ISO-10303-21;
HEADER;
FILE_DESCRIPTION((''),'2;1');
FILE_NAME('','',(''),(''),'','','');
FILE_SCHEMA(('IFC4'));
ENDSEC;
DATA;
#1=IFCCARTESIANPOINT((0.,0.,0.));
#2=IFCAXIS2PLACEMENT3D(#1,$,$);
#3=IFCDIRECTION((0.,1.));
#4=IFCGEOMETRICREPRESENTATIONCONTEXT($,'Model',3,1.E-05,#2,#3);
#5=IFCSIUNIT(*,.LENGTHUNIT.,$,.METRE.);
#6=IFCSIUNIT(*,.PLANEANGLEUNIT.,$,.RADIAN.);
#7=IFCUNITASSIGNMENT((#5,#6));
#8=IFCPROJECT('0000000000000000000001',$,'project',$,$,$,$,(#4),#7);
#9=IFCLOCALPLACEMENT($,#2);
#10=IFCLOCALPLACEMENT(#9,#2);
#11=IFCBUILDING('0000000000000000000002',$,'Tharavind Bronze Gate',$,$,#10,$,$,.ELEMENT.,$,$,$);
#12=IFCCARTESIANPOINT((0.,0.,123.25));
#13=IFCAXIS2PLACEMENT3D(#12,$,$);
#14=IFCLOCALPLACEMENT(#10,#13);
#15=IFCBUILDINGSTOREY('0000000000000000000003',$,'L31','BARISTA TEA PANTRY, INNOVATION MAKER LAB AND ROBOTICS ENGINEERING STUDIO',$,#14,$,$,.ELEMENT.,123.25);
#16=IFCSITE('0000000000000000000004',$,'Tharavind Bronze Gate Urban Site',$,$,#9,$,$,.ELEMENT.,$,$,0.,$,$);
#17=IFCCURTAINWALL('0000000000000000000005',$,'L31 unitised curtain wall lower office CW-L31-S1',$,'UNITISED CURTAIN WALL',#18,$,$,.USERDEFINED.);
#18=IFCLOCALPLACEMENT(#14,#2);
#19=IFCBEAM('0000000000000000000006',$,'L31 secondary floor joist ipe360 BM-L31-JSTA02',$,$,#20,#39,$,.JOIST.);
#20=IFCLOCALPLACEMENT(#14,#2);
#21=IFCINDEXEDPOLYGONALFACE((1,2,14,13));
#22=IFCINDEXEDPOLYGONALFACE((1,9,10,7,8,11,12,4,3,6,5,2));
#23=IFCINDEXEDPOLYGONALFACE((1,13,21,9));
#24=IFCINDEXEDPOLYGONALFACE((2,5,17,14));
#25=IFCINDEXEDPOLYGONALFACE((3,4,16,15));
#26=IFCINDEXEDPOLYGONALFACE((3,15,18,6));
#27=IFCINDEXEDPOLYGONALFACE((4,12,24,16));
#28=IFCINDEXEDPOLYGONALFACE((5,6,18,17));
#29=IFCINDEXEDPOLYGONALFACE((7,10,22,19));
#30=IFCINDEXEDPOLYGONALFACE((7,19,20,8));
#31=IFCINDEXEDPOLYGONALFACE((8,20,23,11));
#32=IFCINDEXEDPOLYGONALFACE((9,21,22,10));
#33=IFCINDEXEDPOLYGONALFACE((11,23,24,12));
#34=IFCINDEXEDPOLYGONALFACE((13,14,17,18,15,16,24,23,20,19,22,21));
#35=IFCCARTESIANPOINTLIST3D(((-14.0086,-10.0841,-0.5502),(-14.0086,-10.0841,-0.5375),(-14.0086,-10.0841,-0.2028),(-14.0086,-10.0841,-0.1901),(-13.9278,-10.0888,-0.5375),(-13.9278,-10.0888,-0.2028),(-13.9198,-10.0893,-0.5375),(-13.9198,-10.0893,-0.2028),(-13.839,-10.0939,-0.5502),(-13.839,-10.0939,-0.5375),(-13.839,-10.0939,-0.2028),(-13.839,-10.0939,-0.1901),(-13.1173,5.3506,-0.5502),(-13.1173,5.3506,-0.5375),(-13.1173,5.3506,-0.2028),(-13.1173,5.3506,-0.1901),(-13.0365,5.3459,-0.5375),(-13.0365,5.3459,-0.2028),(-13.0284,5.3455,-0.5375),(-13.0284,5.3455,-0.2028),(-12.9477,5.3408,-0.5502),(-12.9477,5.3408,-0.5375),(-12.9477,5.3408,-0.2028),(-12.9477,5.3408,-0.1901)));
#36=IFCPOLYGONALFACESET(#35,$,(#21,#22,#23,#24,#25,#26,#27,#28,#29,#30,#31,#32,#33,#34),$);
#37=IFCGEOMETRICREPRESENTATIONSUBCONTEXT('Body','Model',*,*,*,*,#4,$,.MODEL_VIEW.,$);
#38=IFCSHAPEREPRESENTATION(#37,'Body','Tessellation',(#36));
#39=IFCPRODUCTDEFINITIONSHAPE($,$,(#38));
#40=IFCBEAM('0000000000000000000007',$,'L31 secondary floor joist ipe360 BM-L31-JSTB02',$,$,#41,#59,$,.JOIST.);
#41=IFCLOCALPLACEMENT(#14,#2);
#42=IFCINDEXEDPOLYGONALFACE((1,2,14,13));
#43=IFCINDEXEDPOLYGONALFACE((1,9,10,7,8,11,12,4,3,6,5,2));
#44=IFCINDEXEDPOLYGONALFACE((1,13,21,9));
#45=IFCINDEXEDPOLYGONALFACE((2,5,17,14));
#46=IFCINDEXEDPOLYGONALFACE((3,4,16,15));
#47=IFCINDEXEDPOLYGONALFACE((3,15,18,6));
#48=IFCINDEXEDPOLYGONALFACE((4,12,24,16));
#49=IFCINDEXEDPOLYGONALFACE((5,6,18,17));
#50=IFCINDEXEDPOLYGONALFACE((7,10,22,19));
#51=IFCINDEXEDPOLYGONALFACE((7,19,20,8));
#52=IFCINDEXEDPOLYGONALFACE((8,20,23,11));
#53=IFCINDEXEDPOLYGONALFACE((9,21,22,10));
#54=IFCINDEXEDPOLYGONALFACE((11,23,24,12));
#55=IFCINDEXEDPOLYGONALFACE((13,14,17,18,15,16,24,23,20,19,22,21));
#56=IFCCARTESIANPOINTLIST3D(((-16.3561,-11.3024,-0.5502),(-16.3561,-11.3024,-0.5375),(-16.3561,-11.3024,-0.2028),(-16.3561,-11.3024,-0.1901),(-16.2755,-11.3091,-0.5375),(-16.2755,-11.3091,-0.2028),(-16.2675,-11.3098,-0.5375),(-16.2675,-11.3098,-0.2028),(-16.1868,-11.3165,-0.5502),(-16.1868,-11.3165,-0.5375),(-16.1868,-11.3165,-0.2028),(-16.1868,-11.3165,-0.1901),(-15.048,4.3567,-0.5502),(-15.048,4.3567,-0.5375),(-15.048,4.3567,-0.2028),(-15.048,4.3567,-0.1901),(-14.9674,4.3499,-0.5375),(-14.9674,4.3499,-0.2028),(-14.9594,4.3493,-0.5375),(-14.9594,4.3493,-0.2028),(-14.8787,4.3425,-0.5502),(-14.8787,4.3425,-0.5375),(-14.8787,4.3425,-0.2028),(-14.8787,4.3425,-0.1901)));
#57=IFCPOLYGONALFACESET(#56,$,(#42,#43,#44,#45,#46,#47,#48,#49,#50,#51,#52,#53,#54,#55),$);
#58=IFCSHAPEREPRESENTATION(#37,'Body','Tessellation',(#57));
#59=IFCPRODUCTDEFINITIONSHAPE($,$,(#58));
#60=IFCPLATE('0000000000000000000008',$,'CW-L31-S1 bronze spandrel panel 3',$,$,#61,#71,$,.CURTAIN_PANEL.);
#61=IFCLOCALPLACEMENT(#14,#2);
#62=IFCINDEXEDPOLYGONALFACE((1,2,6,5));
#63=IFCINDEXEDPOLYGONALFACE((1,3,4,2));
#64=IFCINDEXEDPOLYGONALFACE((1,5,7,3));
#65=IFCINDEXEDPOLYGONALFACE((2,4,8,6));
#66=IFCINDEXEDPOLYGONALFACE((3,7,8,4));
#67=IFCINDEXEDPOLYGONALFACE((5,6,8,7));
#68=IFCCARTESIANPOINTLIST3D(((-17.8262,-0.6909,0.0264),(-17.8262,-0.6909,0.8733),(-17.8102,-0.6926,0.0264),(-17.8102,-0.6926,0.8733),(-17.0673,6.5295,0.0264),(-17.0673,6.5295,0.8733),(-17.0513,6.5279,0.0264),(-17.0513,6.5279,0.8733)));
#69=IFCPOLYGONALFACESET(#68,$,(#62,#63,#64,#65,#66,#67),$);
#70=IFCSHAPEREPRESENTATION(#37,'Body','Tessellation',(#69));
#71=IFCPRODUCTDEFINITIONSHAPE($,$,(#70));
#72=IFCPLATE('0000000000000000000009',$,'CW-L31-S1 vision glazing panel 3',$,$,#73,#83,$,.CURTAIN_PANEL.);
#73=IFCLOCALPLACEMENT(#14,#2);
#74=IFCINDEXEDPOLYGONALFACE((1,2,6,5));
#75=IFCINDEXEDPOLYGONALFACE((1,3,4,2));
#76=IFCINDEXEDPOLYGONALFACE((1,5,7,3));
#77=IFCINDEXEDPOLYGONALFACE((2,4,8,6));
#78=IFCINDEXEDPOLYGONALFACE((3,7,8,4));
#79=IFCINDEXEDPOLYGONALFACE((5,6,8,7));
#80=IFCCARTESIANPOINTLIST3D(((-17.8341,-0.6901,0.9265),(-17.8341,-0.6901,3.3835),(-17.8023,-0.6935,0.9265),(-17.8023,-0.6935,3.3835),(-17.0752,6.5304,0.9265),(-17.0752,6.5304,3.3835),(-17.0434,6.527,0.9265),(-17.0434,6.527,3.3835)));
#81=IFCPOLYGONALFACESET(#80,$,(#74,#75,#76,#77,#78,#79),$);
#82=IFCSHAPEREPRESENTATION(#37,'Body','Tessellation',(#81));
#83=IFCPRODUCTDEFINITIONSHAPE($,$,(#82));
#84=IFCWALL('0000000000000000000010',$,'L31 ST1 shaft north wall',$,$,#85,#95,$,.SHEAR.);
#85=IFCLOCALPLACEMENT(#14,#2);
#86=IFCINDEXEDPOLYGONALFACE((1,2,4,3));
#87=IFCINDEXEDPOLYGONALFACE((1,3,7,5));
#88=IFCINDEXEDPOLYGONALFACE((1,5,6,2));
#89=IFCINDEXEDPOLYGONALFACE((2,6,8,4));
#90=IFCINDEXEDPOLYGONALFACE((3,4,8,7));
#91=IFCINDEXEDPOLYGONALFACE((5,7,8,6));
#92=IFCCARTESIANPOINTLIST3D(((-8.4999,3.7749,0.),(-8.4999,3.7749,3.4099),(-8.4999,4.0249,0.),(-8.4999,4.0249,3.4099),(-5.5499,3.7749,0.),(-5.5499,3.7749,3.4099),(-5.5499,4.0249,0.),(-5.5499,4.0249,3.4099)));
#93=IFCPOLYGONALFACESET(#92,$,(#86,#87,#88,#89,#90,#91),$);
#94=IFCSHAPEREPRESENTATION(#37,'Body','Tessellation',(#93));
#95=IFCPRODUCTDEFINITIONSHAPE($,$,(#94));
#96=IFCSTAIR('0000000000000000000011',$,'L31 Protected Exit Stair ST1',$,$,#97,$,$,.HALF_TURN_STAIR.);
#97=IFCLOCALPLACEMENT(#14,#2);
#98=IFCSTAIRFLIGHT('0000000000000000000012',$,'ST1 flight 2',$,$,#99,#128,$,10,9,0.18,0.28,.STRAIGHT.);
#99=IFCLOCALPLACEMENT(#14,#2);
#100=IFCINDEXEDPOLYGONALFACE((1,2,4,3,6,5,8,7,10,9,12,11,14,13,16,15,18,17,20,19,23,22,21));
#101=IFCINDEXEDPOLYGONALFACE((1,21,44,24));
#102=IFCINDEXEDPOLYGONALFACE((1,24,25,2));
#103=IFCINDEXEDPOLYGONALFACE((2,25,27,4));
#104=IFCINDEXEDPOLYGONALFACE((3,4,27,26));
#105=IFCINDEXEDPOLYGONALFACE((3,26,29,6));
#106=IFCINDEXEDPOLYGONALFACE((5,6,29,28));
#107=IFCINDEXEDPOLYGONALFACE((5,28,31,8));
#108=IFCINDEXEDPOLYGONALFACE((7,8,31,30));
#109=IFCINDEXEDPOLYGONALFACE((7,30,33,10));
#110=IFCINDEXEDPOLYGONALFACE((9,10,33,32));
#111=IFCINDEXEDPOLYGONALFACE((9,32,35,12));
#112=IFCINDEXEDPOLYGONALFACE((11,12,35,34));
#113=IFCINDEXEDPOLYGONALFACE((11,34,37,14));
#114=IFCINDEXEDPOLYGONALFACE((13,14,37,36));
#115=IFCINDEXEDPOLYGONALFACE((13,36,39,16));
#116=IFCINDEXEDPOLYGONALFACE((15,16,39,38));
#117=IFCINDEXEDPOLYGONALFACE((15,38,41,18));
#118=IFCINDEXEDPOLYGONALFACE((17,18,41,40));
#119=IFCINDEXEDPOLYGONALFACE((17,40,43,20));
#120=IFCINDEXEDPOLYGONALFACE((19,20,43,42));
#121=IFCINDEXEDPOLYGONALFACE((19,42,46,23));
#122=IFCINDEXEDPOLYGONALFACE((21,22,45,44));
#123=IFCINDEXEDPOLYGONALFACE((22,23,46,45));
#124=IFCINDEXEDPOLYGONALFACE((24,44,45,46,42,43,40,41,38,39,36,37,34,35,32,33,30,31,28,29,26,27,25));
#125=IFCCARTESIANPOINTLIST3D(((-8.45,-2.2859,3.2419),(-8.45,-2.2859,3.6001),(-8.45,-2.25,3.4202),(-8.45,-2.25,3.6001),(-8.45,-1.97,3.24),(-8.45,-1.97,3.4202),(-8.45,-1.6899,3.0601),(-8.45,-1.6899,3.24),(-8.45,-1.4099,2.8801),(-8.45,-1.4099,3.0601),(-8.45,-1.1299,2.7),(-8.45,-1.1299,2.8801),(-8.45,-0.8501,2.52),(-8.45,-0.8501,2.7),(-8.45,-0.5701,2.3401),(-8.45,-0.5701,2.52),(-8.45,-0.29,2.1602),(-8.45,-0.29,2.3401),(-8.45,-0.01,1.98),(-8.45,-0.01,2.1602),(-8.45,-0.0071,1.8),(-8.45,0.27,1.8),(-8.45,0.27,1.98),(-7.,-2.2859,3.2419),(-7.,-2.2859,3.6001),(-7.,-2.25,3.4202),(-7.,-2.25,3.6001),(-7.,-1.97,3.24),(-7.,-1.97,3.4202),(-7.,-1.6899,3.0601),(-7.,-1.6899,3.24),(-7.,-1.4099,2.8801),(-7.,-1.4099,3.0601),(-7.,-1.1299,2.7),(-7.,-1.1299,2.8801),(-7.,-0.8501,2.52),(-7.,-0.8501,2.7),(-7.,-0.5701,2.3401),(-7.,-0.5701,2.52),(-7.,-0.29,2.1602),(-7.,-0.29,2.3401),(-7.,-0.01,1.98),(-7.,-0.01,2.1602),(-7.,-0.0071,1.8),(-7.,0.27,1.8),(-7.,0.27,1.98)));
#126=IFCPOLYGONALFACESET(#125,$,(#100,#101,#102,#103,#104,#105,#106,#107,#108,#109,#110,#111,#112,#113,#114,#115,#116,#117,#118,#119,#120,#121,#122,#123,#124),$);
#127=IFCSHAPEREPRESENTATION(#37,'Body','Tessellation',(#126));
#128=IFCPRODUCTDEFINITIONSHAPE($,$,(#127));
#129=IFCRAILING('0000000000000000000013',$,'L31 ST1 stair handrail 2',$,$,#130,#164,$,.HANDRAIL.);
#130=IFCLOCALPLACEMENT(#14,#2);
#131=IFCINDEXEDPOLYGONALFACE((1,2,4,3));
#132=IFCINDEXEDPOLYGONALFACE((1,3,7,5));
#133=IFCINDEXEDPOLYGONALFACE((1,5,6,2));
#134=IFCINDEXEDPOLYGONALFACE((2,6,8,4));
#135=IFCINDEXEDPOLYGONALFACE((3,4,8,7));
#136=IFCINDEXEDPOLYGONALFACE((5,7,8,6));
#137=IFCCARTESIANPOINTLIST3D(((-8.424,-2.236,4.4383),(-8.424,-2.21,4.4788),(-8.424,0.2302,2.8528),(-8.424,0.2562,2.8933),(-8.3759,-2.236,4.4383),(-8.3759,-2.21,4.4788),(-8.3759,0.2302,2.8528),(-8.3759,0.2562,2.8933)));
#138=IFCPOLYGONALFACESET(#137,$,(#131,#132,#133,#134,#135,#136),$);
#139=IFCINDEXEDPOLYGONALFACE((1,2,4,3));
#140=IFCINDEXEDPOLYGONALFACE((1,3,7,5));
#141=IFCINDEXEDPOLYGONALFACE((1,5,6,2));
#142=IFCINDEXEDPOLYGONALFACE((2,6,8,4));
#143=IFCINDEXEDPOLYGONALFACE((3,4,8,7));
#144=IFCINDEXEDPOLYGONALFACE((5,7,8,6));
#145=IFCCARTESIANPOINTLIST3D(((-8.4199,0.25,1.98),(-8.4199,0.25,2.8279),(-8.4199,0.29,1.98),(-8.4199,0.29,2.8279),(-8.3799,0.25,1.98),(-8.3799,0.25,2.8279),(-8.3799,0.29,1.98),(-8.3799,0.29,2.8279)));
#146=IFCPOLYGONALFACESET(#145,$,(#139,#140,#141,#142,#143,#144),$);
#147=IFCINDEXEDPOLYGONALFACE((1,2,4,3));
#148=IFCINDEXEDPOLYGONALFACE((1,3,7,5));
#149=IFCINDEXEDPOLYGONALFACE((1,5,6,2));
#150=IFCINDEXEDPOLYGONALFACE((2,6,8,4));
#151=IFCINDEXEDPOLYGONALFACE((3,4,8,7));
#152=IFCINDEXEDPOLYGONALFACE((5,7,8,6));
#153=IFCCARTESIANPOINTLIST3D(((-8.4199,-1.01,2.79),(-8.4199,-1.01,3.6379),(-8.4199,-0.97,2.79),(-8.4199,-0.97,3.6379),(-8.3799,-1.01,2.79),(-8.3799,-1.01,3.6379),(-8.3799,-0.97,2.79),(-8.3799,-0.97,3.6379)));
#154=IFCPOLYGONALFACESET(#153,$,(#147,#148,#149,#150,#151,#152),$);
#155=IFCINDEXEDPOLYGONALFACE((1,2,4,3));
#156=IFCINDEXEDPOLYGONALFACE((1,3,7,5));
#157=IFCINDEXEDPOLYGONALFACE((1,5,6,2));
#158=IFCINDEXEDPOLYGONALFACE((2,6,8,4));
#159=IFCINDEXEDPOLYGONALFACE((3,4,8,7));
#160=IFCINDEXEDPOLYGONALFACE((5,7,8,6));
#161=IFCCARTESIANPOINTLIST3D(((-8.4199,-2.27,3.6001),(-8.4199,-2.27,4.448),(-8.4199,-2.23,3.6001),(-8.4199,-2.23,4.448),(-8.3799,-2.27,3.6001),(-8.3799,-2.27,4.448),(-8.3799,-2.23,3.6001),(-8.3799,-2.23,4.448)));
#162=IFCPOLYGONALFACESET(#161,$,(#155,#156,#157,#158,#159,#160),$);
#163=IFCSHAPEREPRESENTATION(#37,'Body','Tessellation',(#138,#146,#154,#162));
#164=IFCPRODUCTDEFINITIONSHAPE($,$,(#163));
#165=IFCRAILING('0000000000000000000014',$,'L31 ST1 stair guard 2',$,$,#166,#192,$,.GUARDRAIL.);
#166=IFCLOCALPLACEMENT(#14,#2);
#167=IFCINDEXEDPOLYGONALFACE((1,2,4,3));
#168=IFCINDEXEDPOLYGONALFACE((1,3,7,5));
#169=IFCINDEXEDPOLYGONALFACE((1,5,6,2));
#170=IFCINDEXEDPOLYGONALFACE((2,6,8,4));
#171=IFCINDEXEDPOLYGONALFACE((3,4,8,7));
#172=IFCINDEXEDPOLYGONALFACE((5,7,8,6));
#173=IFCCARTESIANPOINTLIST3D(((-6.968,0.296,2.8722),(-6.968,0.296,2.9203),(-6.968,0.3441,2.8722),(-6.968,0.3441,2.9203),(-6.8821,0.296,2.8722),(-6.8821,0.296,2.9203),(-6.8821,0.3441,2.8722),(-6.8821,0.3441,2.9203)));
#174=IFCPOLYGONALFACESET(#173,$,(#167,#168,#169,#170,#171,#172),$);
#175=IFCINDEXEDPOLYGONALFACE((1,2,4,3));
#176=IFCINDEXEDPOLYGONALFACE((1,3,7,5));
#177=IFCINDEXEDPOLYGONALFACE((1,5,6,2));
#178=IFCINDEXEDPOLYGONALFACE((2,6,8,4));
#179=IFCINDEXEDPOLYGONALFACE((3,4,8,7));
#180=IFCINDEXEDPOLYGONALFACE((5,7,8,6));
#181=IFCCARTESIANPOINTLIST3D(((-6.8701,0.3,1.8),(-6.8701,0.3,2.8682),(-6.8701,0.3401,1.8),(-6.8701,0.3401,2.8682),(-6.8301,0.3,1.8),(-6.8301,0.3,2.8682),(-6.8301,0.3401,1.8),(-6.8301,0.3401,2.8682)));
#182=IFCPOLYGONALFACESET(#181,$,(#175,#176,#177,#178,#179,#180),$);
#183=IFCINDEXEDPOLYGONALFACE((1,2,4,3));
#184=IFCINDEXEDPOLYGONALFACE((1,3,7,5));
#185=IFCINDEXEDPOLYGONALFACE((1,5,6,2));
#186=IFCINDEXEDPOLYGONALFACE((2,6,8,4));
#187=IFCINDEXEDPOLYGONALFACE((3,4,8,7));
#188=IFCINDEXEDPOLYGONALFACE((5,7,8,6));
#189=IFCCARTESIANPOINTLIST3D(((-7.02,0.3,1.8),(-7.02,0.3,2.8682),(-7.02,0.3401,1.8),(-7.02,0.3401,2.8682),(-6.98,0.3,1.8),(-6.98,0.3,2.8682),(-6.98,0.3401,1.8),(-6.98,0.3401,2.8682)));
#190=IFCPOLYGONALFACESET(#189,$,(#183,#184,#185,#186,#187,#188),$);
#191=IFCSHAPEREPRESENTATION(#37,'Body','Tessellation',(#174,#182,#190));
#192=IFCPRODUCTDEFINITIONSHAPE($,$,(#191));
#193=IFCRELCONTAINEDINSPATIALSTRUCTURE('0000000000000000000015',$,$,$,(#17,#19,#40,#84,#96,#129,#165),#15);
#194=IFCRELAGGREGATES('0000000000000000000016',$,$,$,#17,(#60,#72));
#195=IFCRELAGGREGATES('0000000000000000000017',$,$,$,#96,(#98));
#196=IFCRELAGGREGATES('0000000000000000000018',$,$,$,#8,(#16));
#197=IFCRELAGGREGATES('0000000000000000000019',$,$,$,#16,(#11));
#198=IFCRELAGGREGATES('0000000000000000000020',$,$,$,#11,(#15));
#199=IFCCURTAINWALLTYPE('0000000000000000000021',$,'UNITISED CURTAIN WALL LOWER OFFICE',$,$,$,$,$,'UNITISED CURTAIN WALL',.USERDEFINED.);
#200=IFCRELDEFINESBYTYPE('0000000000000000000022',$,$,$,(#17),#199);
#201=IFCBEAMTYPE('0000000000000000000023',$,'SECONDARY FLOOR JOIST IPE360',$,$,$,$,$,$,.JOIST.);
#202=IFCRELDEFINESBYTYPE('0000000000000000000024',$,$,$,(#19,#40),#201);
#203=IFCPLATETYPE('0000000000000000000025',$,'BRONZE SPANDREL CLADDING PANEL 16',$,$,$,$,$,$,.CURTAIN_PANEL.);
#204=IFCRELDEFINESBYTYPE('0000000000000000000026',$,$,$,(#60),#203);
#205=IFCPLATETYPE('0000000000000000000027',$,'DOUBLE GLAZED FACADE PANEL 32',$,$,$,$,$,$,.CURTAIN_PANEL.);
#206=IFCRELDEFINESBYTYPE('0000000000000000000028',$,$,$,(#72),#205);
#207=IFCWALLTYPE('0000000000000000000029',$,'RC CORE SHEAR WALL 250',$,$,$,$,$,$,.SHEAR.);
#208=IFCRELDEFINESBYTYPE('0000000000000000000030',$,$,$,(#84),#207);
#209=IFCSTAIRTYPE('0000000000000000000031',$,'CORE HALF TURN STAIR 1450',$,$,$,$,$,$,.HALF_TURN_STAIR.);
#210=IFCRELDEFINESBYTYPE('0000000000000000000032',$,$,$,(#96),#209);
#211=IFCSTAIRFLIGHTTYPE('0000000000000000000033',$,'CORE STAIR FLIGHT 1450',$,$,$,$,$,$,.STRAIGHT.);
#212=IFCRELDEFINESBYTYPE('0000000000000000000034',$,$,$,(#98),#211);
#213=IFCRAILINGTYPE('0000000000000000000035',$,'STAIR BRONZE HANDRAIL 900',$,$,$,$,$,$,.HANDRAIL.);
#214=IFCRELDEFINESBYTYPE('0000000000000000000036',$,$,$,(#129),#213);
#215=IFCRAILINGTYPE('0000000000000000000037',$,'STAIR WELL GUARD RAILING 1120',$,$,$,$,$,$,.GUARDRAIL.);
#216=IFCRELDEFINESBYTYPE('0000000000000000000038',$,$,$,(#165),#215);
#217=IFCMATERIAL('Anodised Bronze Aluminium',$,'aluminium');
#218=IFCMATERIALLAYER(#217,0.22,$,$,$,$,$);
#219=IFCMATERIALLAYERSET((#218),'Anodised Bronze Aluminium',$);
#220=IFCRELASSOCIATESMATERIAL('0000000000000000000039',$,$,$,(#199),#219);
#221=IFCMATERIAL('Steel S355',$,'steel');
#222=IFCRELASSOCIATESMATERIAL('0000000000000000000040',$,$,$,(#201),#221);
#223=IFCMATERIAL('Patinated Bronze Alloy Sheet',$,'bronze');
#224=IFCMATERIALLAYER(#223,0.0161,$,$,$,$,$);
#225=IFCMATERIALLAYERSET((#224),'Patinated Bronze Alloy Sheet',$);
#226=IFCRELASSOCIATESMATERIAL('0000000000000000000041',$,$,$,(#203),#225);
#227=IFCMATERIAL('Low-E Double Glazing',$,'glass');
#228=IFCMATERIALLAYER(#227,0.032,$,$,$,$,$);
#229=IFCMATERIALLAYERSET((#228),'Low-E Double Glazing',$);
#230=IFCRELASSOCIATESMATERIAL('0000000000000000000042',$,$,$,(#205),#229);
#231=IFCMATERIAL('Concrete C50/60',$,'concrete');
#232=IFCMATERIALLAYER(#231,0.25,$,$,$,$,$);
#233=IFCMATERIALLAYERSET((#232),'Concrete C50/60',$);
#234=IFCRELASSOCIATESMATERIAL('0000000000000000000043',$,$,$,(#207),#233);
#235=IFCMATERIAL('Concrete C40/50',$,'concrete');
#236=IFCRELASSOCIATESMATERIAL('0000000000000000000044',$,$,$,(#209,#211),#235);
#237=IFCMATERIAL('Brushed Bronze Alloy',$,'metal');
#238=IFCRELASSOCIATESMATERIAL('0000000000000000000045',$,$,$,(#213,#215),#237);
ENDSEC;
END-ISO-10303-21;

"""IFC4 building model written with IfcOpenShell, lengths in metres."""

from ifc_helpers import new_model, si_unit, direction, frame, frame_2d, origin, origin_2d, place, context, subcontext, project, spatial, polyline, rectangle, i_section, outline, extrude, material, layer, layer_set, material_profile, profile_set, type_object, element, aggregate, save


model = new_model("IFC4")

# Units and contexts
model_context = context("Model", 3, precision=1e-05, world=origin(), true_north=direction((0.0, 1.0)))
body_context = subcontext(model_context, "Body", "Model", "MODEL_VIEW")
ifc_project = project(units=[si_unit("LENGTHUNIT", "METRE"), si_unit("PLANEANGLEUNIT", "RADIAN")], contexts=[model_context])

# Site, building, storey
site_placement = place(None, origin())
site = spatial("IfcSite", under=ifc_project, at=site_placement, Name="Tharavind Bronze Gate Urban Site", CompositionType="ELEMENT", RefElevation=0.0)
building_placement = place(site_placement, origin())
building = spatial("IfcBuilding", under=site, at=building_placement, Name="Tharavind Bronze Gate", CompositionType="ELEMENT")
storey_placement = place(building_placement, frame((0.0, 0.0, 123.25)))
storey = spatial("IfcBuildingStorey", under=building, at=storey_placement, Name="L31", Description="BARISTA TEA PANTRY, INNOVATION MAKER LAB AND ROBOTICS ENGINEERING STUDIO", CompositionType="ELEMENT", Elevation=123.25)

# Curtain wall
ifc_material_1 = material(Name="Anodised Bronze Aluminium", Category="aluminium")
ifc_layer_1 = layer(ifc_material_1, 0.22)
ifc_layer_set_1 = layer_set([ifc_layer_1], Name="Anodised Bronze Aluminium")
curtain_wall_type = type_object("IfcCurtainWallType", Name="UNITISED CURTAIN WALL LOWER OFFICE", ElementType="UNITISED CURTAIN WALL", PredefinedType="USERDEFINED", material=ifc_layer_set_1)
curtain_wall_placement = place(storey_placement, origin())
curtain_wall = element("IfcCurtainWall", 1, at=curtain_wall_placement, inside=storey, type_object=curtain_wall_type, Name="L31 unitised curtain wall lower office CW-L31-S1", ObjectType="UNITISED CURTAIN WALL", PredefinedType="USERDEFINED")

# Beams
ifc_material_2 = material(Name="Steel S355", Category="steel")
ifc_material_profile_1 = material_profile(ifc_material_2, i_section(OverallWidth=0.1699, OverallDepth=0.3601, WebThickness=0.0081, FlangeThickness=0.0127, at=origin_2d()), Name="IPE360")
ifc_profile_set_1 = profile_set([ifc_material_profile_1], Name="Steel S355")
beam_type_1 = type_object("IfcBeamType", Name="SECONDARY FLOOR JOIST IPE360", PredefinedType="JOIST", material=ifc_profile_set_1)
beam_1_placement = place(storey_placement, frame((-13.0325, 5.3457, -0.3701), z_axis=(-0.057654, -0.998337, 0.0), x_axis=(0.998337, -0.057654, 0.0)))
element("IfcBeam", 2, at=beam_1_placement, inside=storey, type_object=beam_type_1, Name="L31 secondary floor joist ipe360 BM-L31-JSTA02", PredefinedType="JOIST", context=body_context, shape_type="SweptSolid", body=[
    extrude(i_section(OverallWidth=0.1699, OverallDepth=0.3601, WebThickness=0.0081, FlangeThickness=0.0127, at=origin_2d()), origin(), (0.0, 0.0, 1.0), 15.4604),
])
beam_2_placement = place(storey_placement, frame((-14.9634, 4.3496, -0.3701), z_axis=(-0.083246, -0.996529, 0.0), x_axis=(0.996529, -0.083246, 0.0)))
element("IfcBeam", 3, at=beam_2_placement, inside=storey, type_object=beam_type_1, Name="L31 secondary floor joist ipe360 BM-L31-JSTB02", PredefinedType="JOIST", context=body_context, shape_type="SweptSolid", body=[
    extrude(i_section(OverallWidth=0.1699, OverallDepth=0.3601, WebThickness=0.0081, FlangeThickness=0.0127, at=origin_2d()), origin(), (0.0, 0.0, 1.0), 15.7136),
])

# Plates
ifc_material_3 = material(Name="Patinated Bronze Alloy Sheet", Category="bronze")
ifc_layer_2 = layer(ifc_material_3, 0.0161)
ifc_layer_set_2 = layer_set([ifc_layer_2], Name="Patinated Bronze Alloy Sheet")
plate_type_1 = type_object("IfcPlateType", Name="BRONZE SPANDREL CLADDING PANEL 16", PredefinedType="CURTAIN_PANEL", material=ifc_layer_set_2)
plate_1_placement = place(storey_placement, frame((-17.4387, 2.9185, 0.0264), z_axis=(0.0, 0.0, 1.0), x_axis=(-0.104527, -0.994522, 0.0)))
plate_1 = element("IfcPlate", 4, at=plate_1_placement, type_object=plate_type_1, Name="CW-L31-S1 bronze spandrel panel 3", PredefinedType="CURTAIN_PANEL", context=body_context, shape_type="SweptSolid", body=[
    extrude(rectangle(XDim=7.2603, YDim=0.0161, at=origin_2d()), origin(), (0.0, 0.0, 1.0), 0.8469),
])
ifc_material_4 = material(Name="Low-E Double Glazing", Category="glass")
ifc_layer_3 = layer(ifc_material_4, 0.032)
ifc_layer_set_3 = layer_set([ifc_layer_3], Name="Low-E Double Glazing")
plate_type_2 = type_object("IfcPlateType", Name="DOUBLE GLAZED FACADE PANEL 32", PredefinedType="CURTAIN_PANEL", material=ifc_layer_set_3)
plate_2_placement = place(storey_placement, frame((-17.4387, 2.9185, 0.9265), z_axis=(0.0, 0.0, 1.0), x_axis=(-0.104527, -0.994522, 0.0)))
plate_2 = element("IfcPlate", 5, at=plate_2_placement, type_object=plate_type_2, Name="CW-L31-S1 vision glazing panel 3", PredefinedType="CURTAIN_PANEL", context=body_context, shape_type="SweptSolid", body=[
    extrude(rectangle(XDim=7.2603, YDim=0.032, at=origin_2d()), origin(), (0.0, 0.0, 1.0), 2.457),
])
aggregate(curtain_wall, [plate_1, plate_2])

# Wall
ifc_material_5 = material(Name="Concrete C50/60", Category="concrete")
ifc_layer_4 = layer(ifc_material_5, 0.25)
ifc_layer_set_4 = layer_set([ifc_layer_4], Name="Concrete C50/60")
wall_type = type_object("IfcWallType", Name="RC CORE SHEAR WALL 250", PredefinedType="SHEAR", material=ifc_layer_set_4)
wall_placement = place(storey_placement, frame((-8.5, 3.8999, 0.0), z_axis=(0.0, 0.0, 1.0), x_axis=(1.0, 0.0, 0.0)))
element("IfcWall", 6, at=wall_placement, inside=storey, type_object=wall_type, Name="L31 ST1 shaft north wall", PredefinedType="SHEAR", context=body_context, shape_type="SweptSolid", body=[
    extrude(rectangle(XDim=2.95, YDim=0.25, at=frame_2d((1.4751, 0.0))), origin(), (0.0, 0.0, 1.0), 3.4099),
])

# Stair, stair flight
ifc_material_6 = material(Name="Concrete C40/50", Category="concrete")
stair_type = type_object("IfcStairType", Name="CORE HALF TURN STAIR 1450", PredefinedType="HALF_TURN_STAIR", material=ifc_material_6)
stair_placement = place(storey_placement, origin())
stair = element("IfcStair", 7, at=stair_placement, inside=storey, type_object=stair_type, Name="L31 Protected Exit Stair ST1", PredefinedType="HALF_TURN_STAIR")
stair_flight_type = type_object("IfcStairFlightType", Name="CORE STAIR FLIGHT 1450", PredefinedType="STRAIGHT", material=ifc_material_6)
stair_flight_placement = place(storey_placement, frame((-7.7251, 0.27, 1.8), z_axis=(0.0, 0.0, 1.0), x_axis=(0.0, -1.0, 0.0)))
stair_flight = element("IfcStairFlight", 8, at=stair_flight_placement, type_object=stair_flight_type, Name="ST1 flight 2", NumberOfRisers=10, NumberOfTreads=9, PredefinedType="STRAIGHT", RiserHeight=0.18, TreadLength=0.28, context=body_context, shape_type="SweptSolid", body=[
    extrude(outline(polyline([(0.0, 0.0), (0.0, 0.1799), (0.28, 0.1799), (0.28, 0.3601), (0.5601, 0.3601), (0.5601, 0.54), (0.8401, 0.54), (0.8401, 0.72), (1.1201, 0.72), (1.1201, 0.8999), (1.3999, 0.8999), (1.3999, 1.0801), (1.6799, 1.0801), (1.6799, 1.26), (1.96, 1.26), (1.96, 1.4399), (2.24, 1.4399), (2.24, 1.6201), (2.52, 1.6201), (2.52, 1.8), (2.5559, 1.8), (2.5559, 1.4419), (0.2771, 0.0), (0.0, 0.0)])), frame((0.0, 0.7251, 0.0), z_axis=(0.0, -1.0, 0.0), x_axis=(1.0, 0.0, 0.0)), (0.0, 0.0, 1.0), 1.45),
])
aggregate(stair, [stair_flight])

# Railings
ifc_material_7 = material(Name="Brushed Bronze Alloy", Category="metal")
railing_type_1 = type_object("IfcRailingType", Name="STAIR BRONZE HANDRAIL 900", PredefinedType="HANDRAIL", material=ifc_material_7)
railing_1_placement = place(storey_placement, frame((-8.3999, 0.27, 1.98)))
element("IfcRailing", 9, at=railing_1_placement, inside=storey, type_object=railing_type_1, Name="L31 ST1 stair handrail 2", PredefinedType="HANDRAIL", context=body_context, shape_type="SweptSolid", body=[
    extrude(rectangle(XDim=0.0481, YDim=0.0481, at=origin_2d()), frame((0.0, -0.0269, 0.8931), z_axis=(0.0, -0.841163, 0.540782), x_axis=(1.0, 0.0, 0.0)), (0.0, 0.0, 1.0), 2.9319),
    extrude(rectangle(XDim=0.04, YDim=0.04, at=origin_2d()), origin(), (0.0, 0.0, 1.0), 0.8479),
    extrude(rectangle(XDim=0.04, YDim=0.04, at=origin_2d()), frame((0.0, -1.26, 0.8101)), (0.0, 0.0, 1.0), 0.8479),
    extrude(rectangle(XDim=0.04, YDim=0.04, at=origin_2d()), frame((0.0, -2.52, 1.6201)), (0.0, 0.0, 1.0), 0.8479),
])
railing_type_2 = type_object("IfcRailingType", Name="STAIR WELL GUARD RAILING 1120", PredefinedType="GUARDRAIL", material=ifc_material_7)
railing_2_placement = place(storey_placement, frame((-6.8501, 0.3201, 1.8)))
element("IfcRailing", 10, at=railing_2_placement, inside=storey, type_object=railing_type_2, Name="L31 ST1 stair guard 2", PredefinedType="GUARDRAIL", context=body_context, shape_type="SweptSolid", body=[
    extrude(rectangle(XDim=0.0481, YDim=0.0481, at=origin_2d()), frame((-0.032, 0.0, 1.0962), z_axis=(-1.0, 0.0, 0.0), x_axis=(0.0, -1.0, 0.0)), (0.0, 0.0, 1.0), 0.0859),
    extrude(rectangle(XDim=0.04, YDim=0.04, at=origin_2d()), origin(), (0.0, 0.0, 1.0), 1.0681),
    extrude(rectangle(XDim=0.04, YDim=0.04, at=origin_2d()), frame((-0.1499, 0.0, 0.0)), (0.0, 0.0, 1.0), 1.0681),
])

save(model, "model.ifc")
